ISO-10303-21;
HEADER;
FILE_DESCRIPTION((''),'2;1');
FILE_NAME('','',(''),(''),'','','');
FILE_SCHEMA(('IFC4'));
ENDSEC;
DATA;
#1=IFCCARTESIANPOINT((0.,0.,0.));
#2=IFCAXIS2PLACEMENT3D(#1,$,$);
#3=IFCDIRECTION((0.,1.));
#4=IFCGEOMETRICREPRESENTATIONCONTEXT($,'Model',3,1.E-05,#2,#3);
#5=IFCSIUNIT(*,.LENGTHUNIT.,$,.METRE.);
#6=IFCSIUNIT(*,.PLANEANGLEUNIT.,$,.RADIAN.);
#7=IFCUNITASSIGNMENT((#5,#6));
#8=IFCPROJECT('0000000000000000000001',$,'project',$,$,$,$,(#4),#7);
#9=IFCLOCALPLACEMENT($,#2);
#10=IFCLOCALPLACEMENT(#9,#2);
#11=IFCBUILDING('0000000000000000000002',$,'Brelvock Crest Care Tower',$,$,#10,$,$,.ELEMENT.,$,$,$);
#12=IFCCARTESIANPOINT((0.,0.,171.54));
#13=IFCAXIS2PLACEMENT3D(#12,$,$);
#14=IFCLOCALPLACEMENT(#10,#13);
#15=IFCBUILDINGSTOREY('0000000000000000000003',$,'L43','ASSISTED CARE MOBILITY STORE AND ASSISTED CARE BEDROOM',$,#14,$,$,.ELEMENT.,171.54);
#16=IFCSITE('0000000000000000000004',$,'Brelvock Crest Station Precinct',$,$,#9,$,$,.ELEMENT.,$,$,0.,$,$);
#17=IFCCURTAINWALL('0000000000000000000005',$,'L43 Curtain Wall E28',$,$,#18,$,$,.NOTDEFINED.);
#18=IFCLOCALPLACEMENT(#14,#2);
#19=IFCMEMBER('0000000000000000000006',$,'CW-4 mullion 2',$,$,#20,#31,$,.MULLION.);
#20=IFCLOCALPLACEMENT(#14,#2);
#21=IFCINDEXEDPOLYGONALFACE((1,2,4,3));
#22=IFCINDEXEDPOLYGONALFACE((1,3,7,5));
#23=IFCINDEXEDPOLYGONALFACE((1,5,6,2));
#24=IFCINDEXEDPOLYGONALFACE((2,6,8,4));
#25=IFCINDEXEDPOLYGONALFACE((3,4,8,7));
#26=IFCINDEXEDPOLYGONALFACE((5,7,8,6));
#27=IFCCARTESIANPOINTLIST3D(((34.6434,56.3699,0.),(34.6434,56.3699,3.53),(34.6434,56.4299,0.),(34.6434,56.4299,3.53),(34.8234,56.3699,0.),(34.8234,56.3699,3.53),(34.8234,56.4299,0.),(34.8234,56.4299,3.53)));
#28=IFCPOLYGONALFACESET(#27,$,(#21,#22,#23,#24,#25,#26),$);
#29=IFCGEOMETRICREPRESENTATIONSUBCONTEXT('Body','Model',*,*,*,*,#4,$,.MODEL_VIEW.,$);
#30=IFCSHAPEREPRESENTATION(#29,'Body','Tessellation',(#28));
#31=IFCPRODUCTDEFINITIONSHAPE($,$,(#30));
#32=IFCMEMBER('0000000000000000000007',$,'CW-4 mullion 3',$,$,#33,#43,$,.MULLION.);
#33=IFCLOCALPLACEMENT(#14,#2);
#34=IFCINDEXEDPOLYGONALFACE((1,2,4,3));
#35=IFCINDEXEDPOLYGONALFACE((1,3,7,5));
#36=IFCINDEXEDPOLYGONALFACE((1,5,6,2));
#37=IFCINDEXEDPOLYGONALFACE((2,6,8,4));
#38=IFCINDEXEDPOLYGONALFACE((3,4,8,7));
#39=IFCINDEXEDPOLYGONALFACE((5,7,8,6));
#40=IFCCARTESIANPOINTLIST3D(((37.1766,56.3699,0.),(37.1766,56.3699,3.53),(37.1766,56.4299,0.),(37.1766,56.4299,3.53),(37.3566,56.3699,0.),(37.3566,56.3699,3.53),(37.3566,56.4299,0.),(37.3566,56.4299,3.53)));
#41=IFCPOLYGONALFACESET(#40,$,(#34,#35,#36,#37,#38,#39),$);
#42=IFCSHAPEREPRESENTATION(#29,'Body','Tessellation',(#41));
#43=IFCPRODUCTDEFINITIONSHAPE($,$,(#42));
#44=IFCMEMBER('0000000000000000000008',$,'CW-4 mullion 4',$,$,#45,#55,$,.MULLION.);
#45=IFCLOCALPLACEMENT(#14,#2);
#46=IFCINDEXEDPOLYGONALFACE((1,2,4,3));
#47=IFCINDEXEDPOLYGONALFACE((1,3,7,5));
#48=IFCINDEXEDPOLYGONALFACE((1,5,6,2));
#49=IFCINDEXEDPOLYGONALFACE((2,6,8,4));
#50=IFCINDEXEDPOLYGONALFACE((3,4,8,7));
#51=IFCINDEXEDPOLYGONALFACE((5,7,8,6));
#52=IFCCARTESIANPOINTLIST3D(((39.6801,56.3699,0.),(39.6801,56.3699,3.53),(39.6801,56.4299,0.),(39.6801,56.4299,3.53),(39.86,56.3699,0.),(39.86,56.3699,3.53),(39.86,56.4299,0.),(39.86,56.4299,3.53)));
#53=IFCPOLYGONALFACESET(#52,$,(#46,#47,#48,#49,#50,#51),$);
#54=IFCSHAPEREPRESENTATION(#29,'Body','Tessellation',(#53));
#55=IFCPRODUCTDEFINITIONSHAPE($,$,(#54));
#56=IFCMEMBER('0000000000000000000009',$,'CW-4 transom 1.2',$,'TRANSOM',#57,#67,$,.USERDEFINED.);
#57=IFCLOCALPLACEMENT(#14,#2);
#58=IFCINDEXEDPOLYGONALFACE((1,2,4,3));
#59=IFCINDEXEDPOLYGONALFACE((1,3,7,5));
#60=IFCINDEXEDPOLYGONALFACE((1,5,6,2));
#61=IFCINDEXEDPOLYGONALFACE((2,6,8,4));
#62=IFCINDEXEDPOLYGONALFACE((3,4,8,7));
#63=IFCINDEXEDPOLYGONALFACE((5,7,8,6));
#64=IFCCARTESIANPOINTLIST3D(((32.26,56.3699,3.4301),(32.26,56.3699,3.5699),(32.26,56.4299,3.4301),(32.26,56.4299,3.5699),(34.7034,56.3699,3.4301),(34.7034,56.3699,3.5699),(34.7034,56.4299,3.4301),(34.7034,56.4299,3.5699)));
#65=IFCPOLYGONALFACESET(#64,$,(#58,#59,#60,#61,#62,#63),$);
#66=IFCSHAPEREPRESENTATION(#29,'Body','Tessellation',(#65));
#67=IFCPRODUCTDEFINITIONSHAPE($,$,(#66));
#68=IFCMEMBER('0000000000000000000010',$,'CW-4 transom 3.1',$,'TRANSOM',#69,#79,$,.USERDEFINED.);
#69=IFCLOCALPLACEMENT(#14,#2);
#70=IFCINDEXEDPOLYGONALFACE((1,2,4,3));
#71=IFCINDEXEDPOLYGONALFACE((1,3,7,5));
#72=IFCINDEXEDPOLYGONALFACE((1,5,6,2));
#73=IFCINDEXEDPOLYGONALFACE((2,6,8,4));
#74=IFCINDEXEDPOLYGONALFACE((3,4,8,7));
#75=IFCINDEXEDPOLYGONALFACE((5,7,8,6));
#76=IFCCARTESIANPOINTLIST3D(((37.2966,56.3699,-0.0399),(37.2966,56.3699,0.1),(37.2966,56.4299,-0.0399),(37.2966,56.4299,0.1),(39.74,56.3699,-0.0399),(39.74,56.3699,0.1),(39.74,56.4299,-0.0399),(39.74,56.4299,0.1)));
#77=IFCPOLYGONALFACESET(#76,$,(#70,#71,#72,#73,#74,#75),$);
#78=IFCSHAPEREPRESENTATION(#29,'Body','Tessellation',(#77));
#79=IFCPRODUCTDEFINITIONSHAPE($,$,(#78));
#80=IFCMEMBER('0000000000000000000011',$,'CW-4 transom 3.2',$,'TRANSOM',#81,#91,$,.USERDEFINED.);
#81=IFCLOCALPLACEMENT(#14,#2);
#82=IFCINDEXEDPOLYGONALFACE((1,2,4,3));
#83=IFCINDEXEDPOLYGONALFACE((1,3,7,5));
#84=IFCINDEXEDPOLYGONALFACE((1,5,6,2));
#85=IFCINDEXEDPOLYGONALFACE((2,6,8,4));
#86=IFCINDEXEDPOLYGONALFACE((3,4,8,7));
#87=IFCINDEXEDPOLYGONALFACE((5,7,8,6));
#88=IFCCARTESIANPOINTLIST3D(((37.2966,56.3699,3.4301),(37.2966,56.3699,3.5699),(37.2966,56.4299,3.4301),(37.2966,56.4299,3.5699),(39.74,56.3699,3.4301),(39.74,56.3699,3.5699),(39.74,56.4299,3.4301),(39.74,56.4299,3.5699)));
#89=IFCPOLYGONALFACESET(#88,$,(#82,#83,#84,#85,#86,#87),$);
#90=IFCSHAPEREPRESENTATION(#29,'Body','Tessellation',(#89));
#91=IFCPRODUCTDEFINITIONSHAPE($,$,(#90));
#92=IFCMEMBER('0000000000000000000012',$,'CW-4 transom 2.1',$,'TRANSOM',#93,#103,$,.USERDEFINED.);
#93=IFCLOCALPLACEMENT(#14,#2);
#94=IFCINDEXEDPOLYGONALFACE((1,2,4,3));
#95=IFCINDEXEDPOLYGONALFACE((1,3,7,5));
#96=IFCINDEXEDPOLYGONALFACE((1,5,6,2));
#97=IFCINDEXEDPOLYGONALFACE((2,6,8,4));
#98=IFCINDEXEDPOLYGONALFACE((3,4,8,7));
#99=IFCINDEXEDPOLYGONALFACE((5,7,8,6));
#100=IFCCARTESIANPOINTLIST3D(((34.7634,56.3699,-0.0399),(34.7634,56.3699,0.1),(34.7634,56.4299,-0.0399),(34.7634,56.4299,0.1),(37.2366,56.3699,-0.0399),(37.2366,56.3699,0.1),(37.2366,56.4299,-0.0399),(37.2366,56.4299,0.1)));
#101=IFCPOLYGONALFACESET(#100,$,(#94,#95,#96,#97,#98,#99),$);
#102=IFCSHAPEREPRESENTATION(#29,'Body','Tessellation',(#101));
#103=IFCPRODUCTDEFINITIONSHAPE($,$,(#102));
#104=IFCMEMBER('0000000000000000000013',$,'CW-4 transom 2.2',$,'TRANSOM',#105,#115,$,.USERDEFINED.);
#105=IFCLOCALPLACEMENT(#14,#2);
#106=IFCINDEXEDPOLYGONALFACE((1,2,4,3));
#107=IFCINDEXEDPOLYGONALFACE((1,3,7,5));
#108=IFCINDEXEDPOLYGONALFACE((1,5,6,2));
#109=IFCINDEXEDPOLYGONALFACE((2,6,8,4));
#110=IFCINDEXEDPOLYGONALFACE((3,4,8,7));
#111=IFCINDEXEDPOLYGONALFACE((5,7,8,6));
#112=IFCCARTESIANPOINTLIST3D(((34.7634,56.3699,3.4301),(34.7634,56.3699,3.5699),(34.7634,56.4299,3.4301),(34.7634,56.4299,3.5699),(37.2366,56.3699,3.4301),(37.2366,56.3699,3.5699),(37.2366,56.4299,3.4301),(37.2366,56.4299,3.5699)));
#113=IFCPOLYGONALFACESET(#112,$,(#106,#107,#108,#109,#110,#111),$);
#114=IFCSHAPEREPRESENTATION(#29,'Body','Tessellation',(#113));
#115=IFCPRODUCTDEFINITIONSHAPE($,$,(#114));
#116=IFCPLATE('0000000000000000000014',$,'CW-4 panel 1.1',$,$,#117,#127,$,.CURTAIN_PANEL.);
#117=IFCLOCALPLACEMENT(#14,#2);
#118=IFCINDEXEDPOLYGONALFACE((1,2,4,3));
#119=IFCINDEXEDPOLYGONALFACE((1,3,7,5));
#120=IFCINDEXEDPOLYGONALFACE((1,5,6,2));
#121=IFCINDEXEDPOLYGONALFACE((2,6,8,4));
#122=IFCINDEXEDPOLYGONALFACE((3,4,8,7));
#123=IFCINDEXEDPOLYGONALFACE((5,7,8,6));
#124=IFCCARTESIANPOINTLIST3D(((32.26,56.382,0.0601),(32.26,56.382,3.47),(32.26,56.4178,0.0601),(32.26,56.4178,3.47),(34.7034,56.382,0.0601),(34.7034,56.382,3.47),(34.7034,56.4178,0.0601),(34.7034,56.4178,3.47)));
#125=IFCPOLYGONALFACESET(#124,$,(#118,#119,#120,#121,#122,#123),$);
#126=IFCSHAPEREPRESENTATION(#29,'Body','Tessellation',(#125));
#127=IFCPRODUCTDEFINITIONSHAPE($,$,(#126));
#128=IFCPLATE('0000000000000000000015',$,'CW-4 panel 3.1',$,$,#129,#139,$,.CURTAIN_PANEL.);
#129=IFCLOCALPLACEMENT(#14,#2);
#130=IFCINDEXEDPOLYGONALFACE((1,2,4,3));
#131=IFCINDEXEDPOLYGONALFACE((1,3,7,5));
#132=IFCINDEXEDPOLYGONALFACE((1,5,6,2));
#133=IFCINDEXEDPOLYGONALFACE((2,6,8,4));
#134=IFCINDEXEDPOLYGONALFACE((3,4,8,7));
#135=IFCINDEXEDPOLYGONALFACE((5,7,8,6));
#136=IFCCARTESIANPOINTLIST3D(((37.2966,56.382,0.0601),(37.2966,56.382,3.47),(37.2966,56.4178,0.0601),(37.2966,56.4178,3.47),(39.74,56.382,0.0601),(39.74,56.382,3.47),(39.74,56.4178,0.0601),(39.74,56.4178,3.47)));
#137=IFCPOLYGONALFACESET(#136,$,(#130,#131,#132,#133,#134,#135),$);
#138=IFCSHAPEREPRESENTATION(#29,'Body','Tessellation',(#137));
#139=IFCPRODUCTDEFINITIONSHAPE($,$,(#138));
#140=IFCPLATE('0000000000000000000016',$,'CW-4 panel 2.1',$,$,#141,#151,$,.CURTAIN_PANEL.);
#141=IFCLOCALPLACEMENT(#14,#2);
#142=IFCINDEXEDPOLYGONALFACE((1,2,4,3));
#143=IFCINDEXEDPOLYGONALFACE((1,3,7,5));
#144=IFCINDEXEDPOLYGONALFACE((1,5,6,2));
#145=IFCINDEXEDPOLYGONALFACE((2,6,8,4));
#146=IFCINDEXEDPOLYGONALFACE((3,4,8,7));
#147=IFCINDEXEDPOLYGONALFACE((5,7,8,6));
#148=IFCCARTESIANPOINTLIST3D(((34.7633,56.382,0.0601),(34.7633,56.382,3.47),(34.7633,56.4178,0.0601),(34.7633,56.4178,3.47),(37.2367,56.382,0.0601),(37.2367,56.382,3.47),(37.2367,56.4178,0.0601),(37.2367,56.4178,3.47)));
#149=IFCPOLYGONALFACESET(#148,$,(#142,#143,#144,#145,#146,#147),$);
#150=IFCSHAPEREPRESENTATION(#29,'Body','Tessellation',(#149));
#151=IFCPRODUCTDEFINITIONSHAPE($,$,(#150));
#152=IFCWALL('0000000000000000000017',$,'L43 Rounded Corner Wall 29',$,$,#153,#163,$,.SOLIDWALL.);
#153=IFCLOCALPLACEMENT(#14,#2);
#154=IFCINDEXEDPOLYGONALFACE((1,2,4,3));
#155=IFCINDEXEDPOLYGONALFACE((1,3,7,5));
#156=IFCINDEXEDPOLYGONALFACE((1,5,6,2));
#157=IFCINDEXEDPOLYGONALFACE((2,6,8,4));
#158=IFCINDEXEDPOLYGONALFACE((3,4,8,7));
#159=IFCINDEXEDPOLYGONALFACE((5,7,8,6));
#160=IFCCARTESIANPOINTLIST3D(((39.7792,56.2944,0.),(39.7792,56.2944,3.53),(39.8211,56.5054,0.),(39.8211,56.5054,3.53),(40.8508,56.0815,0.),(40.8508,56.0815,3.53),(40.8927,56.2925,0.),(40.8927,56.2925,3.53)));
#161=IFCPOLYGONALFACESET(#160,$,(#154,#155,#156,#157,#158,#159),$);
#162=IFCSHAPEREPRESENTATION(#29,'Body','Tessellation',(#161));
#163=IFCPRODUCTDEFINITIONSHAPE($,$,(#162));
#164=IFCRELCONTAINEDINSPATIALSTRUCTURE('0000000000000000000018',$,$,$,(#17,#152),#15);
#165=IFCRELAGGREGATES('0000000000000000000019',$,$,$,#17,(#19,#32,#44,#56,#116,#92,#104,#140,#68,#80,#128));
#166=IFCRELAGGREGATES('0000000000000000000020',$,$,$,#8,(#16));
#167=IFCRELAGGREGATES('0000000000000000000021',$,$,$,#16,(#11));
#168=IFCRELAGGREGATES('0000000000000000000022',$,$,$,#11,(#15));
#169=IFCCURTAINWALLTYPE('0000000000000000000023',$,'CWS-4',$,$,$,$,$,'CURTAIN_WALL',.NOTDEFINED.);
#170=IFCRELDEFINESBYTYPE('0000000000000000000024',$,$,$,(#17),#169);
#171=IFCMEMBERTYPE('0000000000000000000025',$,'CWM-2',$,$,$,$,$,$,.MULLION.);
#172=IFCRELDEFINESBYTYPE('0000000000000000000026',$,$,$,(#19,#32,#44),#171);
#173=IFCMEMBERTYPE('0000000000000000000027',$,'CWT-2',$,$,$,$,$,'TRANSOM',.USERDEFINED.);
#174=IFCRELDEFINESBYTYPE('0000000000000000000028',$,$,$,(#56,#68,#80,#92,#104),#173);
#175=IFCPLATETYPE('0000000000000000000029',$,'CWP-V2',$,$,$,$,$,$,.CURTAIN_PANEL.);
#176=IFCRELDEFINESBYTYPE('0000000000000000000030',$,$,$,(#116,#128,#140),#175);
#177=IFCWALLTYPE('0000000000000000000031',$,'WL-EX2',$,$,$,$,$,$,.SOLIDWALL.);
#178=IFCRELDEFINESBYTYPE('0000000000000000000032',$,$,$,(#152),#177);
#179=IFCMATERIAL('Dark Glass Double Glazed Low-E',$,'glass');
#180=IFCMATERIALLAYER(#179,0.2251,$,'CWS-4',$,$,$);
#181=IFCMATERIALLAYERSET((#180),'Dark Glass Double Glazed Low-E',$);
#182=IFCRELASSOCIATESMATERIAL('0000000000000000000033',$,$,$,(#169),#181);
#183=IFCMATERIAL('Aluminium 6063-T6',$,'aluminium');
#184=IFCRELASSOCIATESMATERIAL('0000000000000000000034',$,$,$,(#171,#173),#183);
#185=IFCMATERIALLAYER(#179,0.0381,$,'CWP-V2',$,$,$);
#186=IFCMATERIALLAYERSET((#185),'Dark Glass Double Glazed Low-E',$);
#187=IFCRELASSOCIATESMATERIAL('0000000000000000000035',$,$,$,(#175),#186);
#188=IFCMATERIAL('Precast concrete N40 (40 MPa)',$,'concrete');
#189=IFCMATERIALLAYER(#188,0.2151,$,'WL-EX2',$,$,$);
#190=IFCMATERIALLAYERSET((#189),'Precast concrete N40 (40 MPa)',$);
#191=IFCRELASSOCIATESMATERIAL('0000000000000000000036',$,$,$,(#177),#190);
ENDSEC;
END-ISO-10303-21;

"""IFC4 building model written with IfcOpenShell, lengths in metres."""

from ifc_helpers import new_model, si_unit, direction, frame, frame_2d, origin, origin_2d, place, context, subcontext, project, spatial, rectangle, extrude, source, transform, mapped, material, layer, layer_set, material_profile, profile_set, type_object, element, aggregate, save


model = new_model("IFC4")

# Units and contexts
model_context = context("Model", 3, precision=1e-05, world=origin(), true_north=direction((0.0, 1.0)))
body_context = subcontext(model_context, "Body", "Model", "MODEL_VIEW")
ifc_project = project(units=[si_unit("LENGTHUNIT", "METRE"), si_unit("PLANEANGLEUNIT", "RADIAN")], contexts=[model_context])

# Site, building, storey
site_placement = place(None, origin())
site = spatial("IfcSite", under=ifc_project, at=site_placement, Name="Brelvock Crest Station Precinct", CompositionType="ELEMENT", RefElevation=0.0)
building_placement = place(site_placement, origin())
building = spatial("IfcBuilding", under=site, at=building_placement, Name="Brelvock Crest Care Tower", CompositionType="ELEMENT")
storey_placement = place(building_placement, frame((0.0, 0.0, 171.54)))
storey = spatial("IfcBuildingStorey", under=building, at=storey_placement, Name="L43", Description="ASSISTED CARE MOBILITY STORE AND ASSISTED CARE BEDROOM", CompositionType="ELEMENT", Elevation=171.54)

# Curtain wall, members, plates
ifc_material_1 = material(Name="Dark Glass Double Glazed Low-E", Category="glass")
ifc_layer_1 = layer(ifc_material_1, 0.2251, Name="CWS-4")
ifc_layer_set_1 = layer_set([ifc_layer_1], Name="Dark Glass Double Glazed Low-E")
curtain_wall_type = type_object("IfcCurtainWallType", Name="CWS-4", ElementType="CURTAIN_WALL", PredefinedType="NOTDEFINED", material=ifc_layer_set_1)
curtain_wall_placement = place(storey_placement, origin())
curtain_wall = element("IfcCurtainWall", 1, at=curtain_wall_placement, inside=storey, type_object=curtain_wall_type, Name="L43 Curtain Wall E28", PredefinedType="NOTDEFINED")
ifc_material_2 = material(Name="Aluminium 6063-T6", Category="aluminium")
ifc_material_profile_1 = material_profile(ifc_material_2, rectangle(XDim=0.0601, YDim=0.1799, at=origin_2d()), Name="ALU60x180")
ifc_profile_set_1 = profile_set([ifc_material_profile_1], Name="Aluminium 6063-T6")
member_type_1 = type_object("IfcMemberType", Name="CWM-2", PredefinedType="MULLION", material=ifc_profile_set_1)
shared_shape_1 = source(origin(), body_context, "Body", "SweptSolid", [
    extrude(rectangle(XDim=0.0601, YDim=0.1799, at=origin_2d()), origin(), (0.0, 0.0, 1.0), 3.53),
])
member_1_placement = place(storey_placement, frame((34.7334, 56.3999, 0.0), z_axis=(0.0, 0.0, 1.0), x_axis=(0.0, 1.0, 0.0)))
member_1 = element("IfcMember", 2, at=member_1_placement, type_object=member_type_1, Name="CW-4 mullion 2", PredefinedType="MULLION", context=body_context, shape_type="MappedRepresentation", body=[
    mapped(shared_shape_1, transform((0.0, 0.0, 0.0), x_axis=(1.0, 0.0, 0.0), y_axis=(0.0, 1.0, 0.0), z_axis=(0.0, 0.0, 1.0), scale=1.0)),
])
member_2_placement = place(storey_placement, frame((37.2666, 56.3999, 0.0), z_axis=(0.0, 0.0, 1.0), x_axis=(0.0, 1.0, 0.0)))
member_2 = element("IfcMember", 3, at=member_2_placement, type_object=member_type_1, Name="CW-4 mullion 3", PredefinedType="MULLION", context=body_context, shape_type="MappedRepresentation", body=[
    mapped(shared_shape_1, transform((0.0, 0.0, 0.0), x_axis=(1.0, 0.0, 0.0), y_axis=(0.0, 1.0, 0.0), z_axis=(0.0, 0.0, 1.0), scale=1.0)),
])
member_3_placement = place(storey_placement, frame((39.77, 56.3999, 0.0), z_axis=(0.0, 0.0, 1.0), x_axis=(0.0, 1.0, 0.0)))
member_3 = element("IfcMember", 4, at=member_3_placement, type_object=member_type_1, Name="CW-4 mullion 4", PredefinedType="MULLION", context=body_context, shape_type="MappedRepresentation", body=[
    mapped(shared_shape_1, transform((0.0, 0.0, 0.0), x_axis=(1.0, 0.0, 0.0), y_axis=(0.0, 1.0, 0.0), z_axis=(0.0, 0.0, 1.0), scale=1.0)),
])
ifc_material_profile_2 = material_profile(ifc_material_2, rectangle(XDim=0.0601, YDim=0.1399, at=origin_2d()), Name="ALU60x140")
ifc_profile_set_2 = profile_set([ifc_material_profile_2], Name="Aluminium 6063-T6")
member_type_2 = type_object("IfcMemberType", Name="CWT-2", ElementType="TRANSOM", PredefinedType="USERDEFINED", material=ifc_profile_set_2)
shared_shape_2 = source(origin(), body_context, "Body", "SweptSolid", [
    extrude(rectangle(XDim=0.0601, YDim=0.1399, at=origin_2d()), origin(), (0.0, 0.0, 1.0), 2.4434),
])
member_4_placement = place(storey_placement, frame((32.26, 56.3999, 3.5), z_axis=(1.0, 0.0, 0.0), x_axis=(0.0, 1.0, 0.0)))
member_4 = element("IfcMember", 5, at=member_4_placement, type_object=member_type_2, Name="CW-4 transom 1.2", ObjectType="TRANSOM", PredefinedType="USERDEFINED", context=body_context, shape_type="MappedRepresentation", body=[
    mapped(shared_shape_2, transform((0.0, 0.0, 0.0), x_axis=(1.0, 0.0, 0.0), y_axis=(0.0, 1.0, 0.0), z_axis=(0.0, 0.0, 1.0), scale=1.0)),
])
member_5_placement = place(storey_placement, frame((37.2966, 56.3999, 0.03), z_axis=(1.0, 0.0, 0.0), x_axis=(0.0, 1.0, 0.0)))
member_5 = element("IfcMember", 6, at=member_5_placement, type_object=member_type_2, Name="CW-4 transom 3.1", ObjectType="TRANSOM", PredefinedType="USERDEFINED", context=body_context, shape_type="MappedRepresentation", body=[
    mapped(shared_shape_2, transform((0.0, 0.0, 0.0), x_axis=(1.0, 0.0, 0.0), y_axis=(0.0, 1.0, 0.0), z_axis=(0.0, 0.0, 1.0), scale=1.0)),
])
member_6_placement = place(storey_placement, frame((37.2966, 56.3999, 3.5), z_axis=(1.0, 0.0, 0.0), x_axis=(0.0, 1.0, 0.0)))
member_6 = element("IfcMember", 7, at=member_6_placement, type_object=member_type_2, Name="CW-4 transom 3.2", ObjectType="TRANSOM", PredefinedType="USERDEFINED", context=body_context, shape_type="MappedRepresentation", body=[
    mapped(shared_shape_2, transform((0.0, 0.0, 0.0), x_axis=(1.0, 0.0, 0.0), y_axis=(0.0, 1.0, 0.0), z_axis=(0.0, 0.0, 1.0), scale=1.0)),
])
shared_shape_3 = source(origin(), body_context, "Body", "SweptSolid", [
    extrude(rectangle(XDim=0.0601, YDim=0.1399, at=origin_2d()), origin(), (0.0, 0.0, 1.0), 2.4731),
])
member_7_placement = place(storey_placement, frame((34.7634, 56.3999, 0.03), z_axis=(1.0, 0.0, 0.0), x_axis=(0.0, 1.0, 0.0)))
member_7 = element("IfcMember", 8, at=member_7_placement, type_object=member_type_2, Name="CW-4 transom 2.1", ObjectType="TRANSOM", PredefinedType="USERDEFINED", context=body_context, shape_type="MappedRepresentation", body=[
    mapped(shared_shape_3, transform((0.0, 0.0, 0.0), x_axis=(1.0, 0.0, 0.0), y_axis=(0.0, 1.0, 0.0), z_axis=(0.0, 0.0, 1.0), scale=1.0)),
])
member_8_placement = place(storey_placement, frame((34.7634, 56.3999, 3.5), z_axis=(1.0, 0.0, 0.0), x_axis=(0.0, 1.0, 0.0)))
member_8 = element("IfcMember", 9, at=member_8_placement, type_object=member_type_2, Name="CW-4 transom 2.2", ObjectType="TRANSOM", PredefinedType="USERDEFINED", context=body_context, shape_type="MappedRepresentation", body=[
    mapped(shared_shape_3, transform((0.0, 0.0, 0.0), x_axis=(1.0, 0.0, 0.0), y_axis=(0.0, 1.0, 0.0), z_axis=(0.0, 0.0, 1.0), scale=1.0)),
])
ifc_layer_2 = layer(ifc_material_1, 0.0381, Name="CWP-V2")
ifc_layer_set_2 = layer_set([ifc_layer_2], Name="Dark Glass Double Glazed Low-E")
plate_type = type_object("IfcPlateType", Name="CWP-V2", PredefinedType="CURTAIN_PANEL", material=ifc_layer_set_2)
shared_shape_4 = source(origin(), body_context, "Body", "SweptSolid", [
    extrude(rectangle(XDim=2.4434, YDim=0.0359, at=origin_2d()), origin(), (0.0, 0.0, 1.0), 3.4099),
])
plate_1_placement = place(storey_placement, frame((33.4817, 56.3999, 0.0601), z_axis=(0.0, 0.0, 1.0), x_axis=(1.0, 0.0, 0.0)))
plate_1 = element("IfcPlate", 10, at=plate_1_placement, type_object=plate_type, Name="CW-4 panel 1.1", PredefinedType="CURTAIN_PANEL", context=body_context, shape_type="MappedRepresentation", body=[
    mapped(shared_shape_4, transform((0.0, 0.0, 0.0), x_axis=(1.0, 0.0, 0.0), y_axis=(0.0, 1.0, 0.0), z_axis=(0.0, 0.0, 1.0), scale=1.0)),
])
plate_2_placement = place(storey_placement, frame((38.5183, 56.3999, 0.0601), z_axis=(0.0, 0.0, 1.0), x_axis=(1.0, 0.0, 0.0)))
plate_2 = element("IfcPlate", 11, at=plate_2_placement, type_object=plate_type, Name="CW-4 panel 3.1", PredefinedType="CURTAIN_PANEL", context=body_context, shape_type="MappedRepresentation", body=[
    mapped(shared_shape_4, transform((0.0, 0.0, 0.0), x_axis=(1.0, 0.0, 0.0), y_axis=(0.0, 1.0, 0.0), z_axis=(0.0, 0.0, 1.0), scale=1.0)),
])
shared_shape_5 = source(origin(), body_context, "Body", "SweptSolid", [
    extrude(rectangle(XDim=2.4734, YDim=0.0359, at=origin_2d()), origin(), (0.0, 0.0, 1.0), 3.4099),
])
plate_3_placement = place(storey_placement, frame((36.0, 56.3999, 0.0601), z_axis=(0.0, 0.0, 1.0), x_axis=(1.0, 0.0, 0.0)))
plate_3 = element("IfcPlate", 12, at=plate_3_placement, type_object=plate_type, Name="CW-4 panel 2.1", PredefinedType="CURTAIN_PANEL", context=body_context, shape_type="MappedRepresentation", body=[
    mapped(shared_shape_5, transform((0.0, 0.0, 0.0), x_axis=(1.0, 0.0, 0.0), y_axis=(0.0, 1.0, 0.0), z_axis=(0.0, 0.0, 1.0), scale=1.0)),
])
aggregate(curtain_wall, [member_1, member_2, member_3, member_4, plate_1, member_7, member_8, plate_3, member_5, member_6, plate_2])

# Wall
ifc_material_3 = material(Name="Precast concrete N40 (40 MPa)", Category="concrete")
ifc_layer_3 = layer(ifc_material_3, 0.2151, Name="WL-EX2")
ifc_layer_set_3 = layer_set([ifc_layer_3], Name="Precast concrete N40 (40 MPa)")
wall_type = type_object("IfcWallType", Name="WL-EX2", PredefinedType="SOLIDWALL", material=ifc_layer_set_3)
wall_placement = place(storey_placement, frame((39.8, 56.3999, 0.0), z_axis=(0.0, 0.0, 1.0), x_axis=(0.980829, -0.19487, 0.0)))
element("IfcWall", 13, at=wall_placement, inside=storey, type_object=wall_type, Name="L43 Rounded Corner Wall 29", PredefinedType="SOLIDWALL", context=body_context, shape_type="SweptSolid", body=[
    extrude(rectangle(XDim=1.0925, YDim=0.2151, at=frame_2d((0.5464, 0.0))), origin(), (0.0, 0.0, 1.0), 3.53),
])

save(model, "model.ifc")
